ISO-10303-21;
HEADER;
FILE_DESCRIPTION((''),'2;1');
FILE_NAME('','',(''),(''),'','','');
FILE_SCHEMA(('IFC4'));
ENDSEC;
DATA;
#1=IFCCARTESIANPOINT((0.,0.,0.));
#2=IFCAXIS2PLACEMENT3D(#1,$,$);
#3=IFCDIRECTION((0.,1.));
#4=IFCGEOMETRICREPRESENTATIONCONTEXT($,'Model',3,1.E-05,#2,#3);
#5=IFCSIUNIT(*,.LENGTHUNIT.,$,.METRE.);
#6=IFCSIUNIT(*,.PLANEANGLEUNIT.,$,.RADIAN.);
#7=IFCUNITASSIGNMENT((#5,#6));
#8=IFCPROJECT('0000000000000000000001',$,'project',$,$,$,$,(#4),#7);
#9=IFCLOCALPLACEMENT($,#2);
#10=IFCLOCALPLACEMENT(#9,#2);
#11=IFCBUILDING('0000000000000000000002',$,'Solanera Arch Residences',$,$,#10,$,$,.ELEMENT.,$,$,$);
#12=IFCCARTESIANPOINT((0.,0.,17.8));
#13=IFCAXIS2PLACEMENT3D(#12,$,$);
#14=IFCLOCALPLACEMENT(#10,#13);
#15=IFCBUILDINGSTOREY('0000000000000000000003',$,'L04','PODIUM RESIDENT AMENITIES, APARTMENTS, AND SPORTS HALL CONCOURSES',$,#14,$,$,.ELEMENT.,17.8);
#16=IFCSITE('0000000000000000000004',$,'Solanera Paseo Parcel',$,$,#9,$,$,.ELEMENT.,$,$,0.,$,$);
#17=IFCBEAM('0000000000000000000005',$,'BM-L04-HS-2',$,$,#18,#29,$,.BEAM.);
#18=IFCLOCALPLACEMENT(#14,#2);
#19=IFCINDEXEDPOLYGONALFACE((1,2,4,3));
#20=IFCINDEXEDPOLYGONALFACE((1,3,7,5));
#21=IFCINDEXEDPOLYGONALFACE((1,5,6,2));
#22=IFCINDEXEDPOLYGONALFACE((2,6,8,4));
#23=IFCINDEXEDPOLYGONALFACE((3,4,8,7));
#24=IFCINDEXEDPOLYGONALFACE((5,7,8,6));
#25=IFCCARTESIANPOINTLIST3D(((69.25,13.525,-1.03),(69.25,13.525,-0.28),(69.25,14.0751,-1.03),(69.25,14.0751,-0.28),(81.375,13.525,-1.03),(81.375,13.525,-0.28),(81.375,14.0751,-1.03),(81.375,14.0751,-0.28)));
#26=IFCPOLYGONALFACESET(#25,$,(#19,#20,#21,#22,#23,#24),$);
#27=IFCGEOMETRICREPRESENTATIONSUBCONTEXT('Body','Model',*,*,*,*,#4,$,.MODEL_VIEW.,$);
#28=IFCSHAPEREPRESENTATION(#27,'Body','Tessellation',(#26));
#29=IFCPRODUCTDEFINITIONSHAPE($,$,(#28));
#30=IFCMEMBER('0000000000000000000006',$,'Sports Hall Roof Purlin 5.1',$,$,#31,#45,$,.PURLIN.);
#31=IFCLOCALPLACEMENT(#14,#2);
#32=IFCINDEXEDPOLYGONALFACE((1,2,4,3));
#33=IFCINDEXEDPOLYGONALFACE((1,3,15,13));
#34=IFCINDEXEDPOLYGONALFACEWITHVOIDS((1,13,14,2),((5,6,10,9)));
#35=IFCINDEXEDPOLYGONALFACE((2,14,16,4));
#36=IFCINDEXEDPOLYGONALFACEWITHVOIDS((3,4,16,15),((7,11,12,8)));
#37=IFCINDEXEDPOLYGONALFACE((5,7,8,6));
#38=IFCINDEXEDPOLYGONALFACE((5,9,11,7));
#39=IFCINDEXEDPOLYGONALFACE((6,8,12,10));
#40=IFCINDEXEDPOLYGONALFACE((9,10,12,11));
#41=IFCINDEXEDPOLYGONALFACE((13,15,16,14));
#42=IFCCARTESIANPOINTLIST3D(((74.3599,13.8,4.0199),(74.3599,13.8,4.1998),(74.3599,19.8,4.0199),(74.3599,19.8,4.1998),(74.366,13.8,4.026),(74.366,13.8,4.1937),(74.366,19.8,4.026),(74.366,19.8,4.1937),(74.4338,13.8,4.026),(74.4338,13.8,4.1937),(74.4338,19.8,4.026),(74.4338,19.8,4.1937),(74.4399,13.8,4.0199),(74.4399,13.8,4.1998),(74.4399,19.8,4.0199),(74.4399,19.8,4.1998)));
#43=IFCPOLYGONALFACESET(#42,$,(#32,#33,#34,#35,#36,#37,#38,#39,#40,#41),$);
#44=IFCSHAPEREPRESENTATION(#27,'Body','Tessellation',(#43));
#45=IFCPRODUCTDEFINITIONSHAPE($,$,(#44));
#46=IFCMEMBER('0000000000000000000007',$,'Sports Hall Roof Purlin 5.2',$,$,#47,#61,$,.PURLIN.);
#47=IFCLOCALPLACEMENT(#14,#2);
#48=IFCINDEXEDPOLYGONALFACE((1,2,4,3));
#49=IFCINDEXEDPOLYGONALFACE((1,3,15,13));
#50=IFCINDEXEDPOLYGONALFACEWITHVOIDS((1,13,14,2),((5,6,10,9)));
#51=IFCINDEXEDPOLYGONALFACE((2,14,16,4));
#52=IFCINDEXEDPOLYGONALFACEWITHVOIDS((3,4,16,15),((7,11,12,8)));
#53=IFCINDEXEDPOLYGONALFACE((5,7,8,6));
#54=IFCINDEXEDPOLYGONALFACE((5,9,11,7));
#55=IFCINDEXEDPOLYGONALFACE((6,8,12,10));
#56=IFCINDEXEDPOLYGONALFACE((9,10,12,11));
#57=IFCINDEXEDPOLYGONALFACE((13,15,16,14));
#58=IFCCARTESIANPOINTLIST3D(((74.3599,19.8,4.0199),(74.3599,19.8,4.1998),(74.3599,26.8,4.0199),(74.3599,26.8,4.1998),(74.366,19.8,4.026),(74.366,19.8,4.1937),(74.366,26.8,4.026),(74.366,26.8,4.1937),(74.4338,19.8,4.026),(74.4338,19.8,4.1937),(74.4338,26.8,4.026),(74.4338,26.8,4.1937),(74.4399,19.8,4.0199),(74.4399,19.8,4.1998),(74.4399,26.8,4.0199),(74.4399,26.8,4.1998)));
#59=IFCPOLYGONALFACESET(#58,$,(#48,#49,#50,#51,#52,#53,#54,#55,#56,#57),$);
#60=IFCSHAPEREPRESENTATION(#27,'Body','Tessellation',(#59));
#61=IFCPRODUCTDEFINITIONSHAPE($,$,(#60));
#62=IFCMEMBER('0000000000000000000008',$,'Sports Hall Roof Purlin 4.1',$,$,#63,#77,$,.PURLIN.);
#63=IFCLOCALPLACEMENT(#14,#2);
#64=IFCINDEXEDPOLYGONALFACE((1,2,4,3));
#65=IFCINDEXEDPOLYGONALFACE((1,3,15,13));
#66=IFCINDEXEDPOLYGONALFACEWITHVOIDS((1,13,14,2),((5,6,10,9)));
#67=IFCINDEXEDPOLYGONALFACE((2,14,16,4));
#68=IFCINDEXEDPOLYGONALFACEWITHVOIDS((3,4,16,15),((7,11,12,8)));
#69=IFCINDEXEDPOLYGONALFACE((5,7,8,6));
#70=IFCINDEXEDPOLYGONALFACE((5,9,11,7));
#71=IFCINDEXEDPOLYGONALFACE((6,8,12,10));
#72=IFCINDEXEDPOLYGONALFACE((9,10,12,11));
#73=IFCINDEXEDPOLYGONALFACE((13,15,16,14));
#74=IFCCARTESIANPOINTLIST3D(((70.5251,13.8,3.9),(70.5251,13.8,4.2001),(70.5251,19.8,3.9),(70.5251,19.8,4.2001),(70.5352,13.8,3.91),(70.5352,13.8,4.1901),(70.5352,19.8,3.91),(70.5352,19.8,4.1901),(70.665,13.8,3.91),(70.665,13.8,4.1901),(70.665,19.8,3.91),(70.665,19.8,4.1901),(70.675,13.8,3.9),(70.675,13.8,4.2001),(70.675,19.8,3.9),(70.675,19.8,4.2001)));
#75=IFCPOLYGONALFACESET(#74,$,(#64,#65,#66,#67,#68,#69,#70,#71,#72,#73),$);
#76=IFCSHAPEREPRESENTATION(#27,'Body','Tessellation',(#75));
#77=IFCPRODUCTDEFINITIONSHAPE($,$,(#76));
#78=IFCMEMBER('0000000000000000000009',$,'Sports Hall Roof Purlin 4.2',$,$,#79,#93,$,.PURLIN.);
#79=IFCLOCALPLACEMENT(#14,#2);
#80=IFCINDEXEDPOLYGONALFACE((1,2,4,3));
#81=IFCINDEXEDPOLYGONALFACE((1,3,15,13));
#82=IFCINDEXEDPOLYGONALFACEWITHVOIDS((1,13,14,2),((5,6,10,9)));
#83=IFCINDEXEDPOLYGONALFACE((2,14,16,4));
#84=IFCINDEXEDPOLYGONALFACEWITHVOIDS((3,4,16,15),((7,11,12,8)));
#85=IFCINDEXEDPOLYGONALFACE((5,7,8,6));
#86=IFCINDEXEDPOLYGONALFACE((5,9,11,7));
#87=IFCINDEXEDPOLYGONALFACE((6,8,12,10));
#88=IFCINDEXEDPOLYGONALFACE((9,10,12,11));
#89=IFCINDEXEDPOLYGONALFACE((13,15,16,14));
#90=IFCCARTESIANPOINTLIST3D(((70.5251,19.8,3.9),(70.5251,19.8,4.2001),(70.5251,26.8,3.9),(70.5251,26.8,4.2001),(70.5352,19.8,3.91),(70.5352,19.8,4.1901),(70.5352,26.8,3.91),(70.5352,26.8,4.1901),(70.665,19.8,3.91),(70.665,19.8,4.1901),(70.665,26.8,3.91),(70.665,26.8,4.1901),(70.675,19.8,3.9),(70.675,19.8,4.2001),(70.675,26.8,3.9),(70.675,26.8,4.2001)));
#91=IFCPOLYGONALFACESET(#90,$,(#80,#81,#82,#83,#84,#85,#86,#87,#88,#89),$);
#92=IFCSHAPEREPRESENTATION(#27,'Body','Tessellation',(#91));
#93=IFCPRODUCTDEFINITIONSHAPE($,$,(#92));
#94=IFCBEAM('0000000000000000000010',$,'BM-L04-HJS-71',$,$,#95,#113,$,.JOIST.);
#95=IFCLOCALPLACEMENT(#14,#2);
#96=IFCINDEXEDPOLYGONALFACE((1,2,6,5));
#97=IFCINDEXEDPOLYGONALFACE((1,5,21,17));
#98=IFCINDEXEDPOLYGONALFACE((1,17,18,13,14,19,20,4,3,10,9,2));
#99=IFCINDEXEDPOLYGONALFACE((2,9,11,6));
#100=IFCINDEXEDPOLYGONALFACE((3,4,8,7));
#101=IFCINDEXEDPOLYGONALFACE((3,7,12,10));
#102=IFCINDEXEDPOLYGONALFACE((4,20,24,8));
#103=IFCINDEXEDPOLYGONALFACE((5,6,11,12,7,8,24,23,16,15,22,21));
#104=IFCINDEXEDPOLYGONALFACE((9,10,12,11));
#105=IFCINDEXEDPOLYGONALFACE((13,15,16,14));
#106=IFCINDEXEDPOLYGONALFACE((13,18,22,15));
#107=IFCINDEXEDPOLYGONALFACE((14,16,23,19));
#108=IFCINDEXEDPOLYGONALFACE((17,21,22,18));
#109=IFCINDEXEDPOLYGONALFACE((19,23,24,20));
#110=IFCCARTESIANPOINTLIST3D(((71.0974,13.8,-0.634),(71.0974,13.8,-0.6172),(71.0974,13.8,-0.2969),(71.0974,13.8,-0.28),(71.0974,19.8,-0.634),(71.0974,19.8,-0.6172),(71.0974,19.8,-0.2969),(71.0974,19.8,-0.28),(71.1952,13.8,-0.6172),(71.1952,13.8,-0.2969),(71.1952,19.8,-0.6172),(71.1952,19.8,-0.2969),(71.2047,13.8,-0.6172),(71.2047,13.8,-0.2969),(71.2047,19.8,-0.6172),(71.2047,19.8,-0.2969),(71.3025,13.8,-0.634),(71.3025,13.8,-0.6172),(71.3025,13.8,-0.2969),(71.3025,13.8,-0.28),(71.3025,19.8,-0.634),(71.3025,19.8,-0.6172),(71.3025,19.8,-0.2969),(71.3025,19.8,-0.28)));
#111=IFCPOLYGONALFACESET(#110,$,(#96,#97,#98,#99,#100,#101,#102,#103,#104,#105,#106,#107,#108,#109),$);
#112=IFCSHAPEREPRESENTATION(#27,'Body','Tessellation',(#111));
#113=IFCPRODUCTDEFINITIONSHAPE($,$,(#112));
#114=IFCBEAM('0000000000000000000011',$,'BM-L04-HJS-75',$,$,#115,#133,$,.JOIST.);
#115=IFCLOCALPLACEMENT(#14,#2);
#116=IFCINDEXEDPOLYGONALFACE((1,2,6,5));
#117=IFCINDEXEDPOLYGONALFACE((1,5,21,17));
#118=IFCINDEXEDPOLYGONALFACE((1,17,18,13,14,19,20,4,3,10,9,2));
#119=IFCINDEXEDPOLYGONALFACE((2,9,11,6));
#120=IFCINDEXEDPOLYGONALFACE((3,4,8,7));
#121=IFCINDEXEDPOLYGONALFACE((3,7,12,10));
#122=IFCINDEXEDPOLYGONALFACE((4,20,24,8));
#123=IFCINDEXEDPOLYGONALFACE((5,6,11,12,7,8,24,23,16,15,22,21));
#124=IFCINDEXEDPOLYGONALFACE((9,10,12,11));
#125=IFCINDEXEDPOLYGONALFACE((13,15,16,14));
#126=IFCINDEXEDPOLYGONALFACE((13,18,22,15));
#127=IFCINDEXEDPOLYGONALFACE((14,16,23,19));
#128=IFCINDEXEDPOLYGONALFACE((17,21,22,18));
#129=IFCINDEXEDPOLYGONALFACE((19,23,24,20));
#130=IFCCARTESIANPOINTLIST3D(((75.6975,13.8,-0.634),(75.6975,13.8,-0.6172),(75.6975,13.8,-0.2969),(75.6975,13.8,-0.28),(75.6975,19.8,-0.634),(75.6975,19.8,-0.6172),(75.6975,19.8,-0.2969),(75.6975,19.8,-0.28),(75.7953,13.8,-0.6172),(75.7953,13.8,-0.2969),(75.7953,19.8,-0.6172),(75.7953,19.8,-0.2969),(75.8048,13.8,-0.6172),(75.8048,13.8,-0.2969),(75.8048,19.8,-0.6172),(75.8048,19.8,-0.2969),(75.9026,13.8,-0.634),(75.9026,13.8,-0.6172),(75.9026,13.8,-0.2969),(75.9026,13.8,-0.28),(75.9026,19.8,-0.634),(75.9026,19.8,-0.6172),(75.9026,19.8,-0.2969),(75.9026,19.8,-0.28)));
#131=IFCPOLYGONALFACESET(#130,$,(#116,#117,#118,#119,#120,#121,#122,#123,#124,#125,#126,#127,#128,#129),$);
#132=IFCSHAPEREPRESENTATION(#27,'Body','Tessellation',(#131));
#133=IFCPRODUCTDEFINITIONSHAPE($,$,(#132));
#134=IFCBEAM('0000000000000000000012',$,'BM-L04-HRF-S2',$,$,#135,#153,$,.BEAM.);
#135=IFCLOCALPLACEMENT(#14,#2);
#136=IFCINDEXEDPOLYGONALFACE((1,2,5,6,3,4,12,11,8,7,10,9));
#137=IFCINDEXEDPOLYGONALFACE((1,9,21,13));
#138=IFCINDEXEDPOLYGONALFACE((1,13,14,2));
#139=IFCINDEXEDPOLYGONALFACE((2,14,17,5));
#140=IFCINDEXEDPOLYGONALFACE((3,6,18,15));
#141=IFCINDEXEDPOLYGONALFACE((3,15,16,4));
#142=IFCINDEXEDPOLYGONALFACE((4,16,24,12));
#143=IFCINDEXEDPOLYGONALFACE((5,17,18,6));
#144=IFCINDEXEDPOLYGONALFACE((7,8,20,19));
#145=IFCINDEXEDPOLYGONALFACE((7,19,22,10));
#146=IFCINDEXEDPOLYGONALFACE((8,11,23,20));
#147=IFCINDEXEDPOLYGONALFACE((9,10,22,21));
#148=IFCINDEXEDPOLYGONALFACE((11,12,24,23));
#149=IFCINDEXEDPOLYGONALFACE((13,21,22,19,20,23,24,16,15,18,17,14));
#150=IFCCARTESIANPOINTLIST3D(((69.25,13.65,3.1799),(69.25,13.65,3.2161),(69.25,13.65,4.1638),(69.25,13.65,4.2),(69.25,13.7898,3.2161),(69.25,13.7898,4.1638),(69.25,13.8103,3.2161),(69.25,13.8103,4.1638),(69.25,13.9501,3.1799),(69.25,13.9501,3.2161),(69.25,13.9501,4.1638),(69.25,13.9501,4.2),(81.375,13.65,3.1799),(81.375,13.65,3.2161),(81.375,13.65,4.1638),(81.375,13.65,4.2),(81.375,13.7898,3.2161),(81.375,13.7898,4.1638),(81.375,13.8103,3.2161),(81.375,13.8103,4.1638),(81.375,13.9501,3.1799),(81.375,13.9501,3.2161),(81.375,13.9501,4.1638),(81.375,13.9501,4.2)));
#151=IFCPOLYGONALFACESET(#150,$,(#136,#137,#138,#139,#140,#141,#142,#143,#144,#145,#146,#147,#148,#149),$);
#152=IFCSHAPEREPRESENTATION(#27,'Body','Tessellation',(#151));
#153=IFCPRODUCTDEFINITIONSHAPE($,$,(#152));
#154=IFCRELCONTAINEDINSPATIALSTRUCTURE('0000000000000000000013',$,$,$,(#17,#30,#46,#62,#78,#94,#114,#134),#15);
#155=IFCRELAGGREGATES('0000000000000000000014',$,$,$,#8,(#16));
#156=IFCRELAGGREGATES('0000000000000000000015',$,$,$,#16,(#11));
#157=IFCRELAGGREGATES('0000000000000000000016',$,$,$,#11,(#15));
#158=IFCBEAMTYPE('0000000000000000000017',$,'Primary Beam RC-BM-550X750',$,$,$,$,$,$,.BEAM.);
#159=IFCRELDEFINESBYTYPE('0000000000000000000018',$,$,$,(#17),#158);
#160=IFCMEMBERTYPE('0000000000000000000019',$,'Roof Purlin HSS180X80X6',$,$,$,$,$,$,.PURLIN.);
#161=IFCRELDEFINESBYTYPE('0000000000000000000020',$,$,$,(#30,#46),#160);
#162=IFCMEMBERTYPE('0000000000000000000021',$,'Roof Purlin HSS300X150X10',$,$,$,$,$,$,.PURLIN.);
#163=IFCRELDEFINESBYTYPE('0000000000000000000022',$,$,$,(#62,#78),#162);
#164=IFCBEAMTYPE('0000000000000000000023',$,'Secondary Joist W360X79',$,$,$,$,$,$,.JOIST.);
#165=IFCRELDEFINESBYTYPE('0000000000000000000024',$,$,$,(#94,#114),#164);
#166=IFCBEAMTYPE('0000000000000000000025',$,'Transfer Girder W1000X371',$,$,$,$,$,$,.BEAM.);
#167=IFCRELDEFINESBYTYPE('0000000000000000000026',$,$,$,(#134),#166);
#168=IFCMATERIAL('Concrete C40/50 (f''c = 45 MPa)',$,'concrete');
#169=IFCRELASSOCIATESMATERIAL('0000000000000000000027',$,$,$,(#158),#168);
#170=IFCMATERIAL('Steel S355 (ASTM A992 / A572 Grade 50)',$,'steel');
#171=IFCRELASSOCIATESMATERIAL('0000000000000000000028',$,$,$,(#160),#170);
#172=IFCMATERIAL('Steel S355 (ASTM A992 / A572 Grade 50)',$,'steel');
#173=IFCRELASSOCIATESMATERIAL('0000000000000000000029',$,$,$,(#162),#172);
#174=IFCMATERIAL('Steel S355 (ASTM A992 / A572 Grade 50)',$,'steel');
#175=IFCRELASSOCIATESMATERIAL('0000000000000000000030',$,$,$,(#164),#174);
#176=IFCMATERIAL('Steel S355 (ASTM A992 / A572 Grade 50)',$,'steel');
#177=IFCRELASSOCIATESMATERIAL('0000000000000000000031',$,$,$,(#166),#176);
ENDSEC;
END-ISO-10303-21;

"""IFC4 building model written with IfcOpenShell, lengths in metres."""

from ifc_helpers import new_model, si_unit, direction, frame, origin, origin_2d, place, context, subcontext, project, spatial, rectangle, hollow_rectangle, i_section, extrude, material, material_profile, profile_set, type_object, element, save


model = new_model("IFC4")

# Units and contexts
model_context = context("Model", 3, precision=1e-05, world=origin(), true_north=direction((0.0, 1.0)))
body_context = subcontext(model_context, "Body", "Model", "MODEL_VIEW")
ifc_project = project(units=[si_unit("LENGTHUNIT", "METRE"), si_unit("PLANEANGLEUNIT", "RADIAN")], contexts=[model_context])

# Site, building, storey
site_placement = place(None, origin())
site = spatial("IfcSite", under=ifc_project, at=site_placement, Name="Solanera Paseo Parcel", CompositionType="ELEMENT", RefElevation=0.0)
building_placement = place(site_placement, origin())
building = spatial("IfcBuilding", under=site, at=building_placement, Name="Solanera Arch Residences", CompositionType="ELEMENT")
storey_placement = place(building_placement, frame((0.0, 0.0, 17.8)))
storey = spatial("IfcBuildingStorey", under=building, at=storey_placement, Name="L04", Description="PODIUM RESIDENT AMENITIES, APARTMENTS, AND SPORTS HALL CONCOURSES", CompositionType="ELEMENT", Elevation=17.8)

# Beam
ifc_material_1 = material(Name="Concrete C40/50 (f'c = 45 MPa)", Category="concrete")
ifc_material_profile_1 = material_profile(ifc_material_1, rectangle(XDim=0.55, YDim=0.75, at=origin_2d()))
ifc_profile_set_1 = profile_set([ifc_material_profile_1], Name="Concrete C40/50 (f'c = 45 MPa)")
beam_type_1 = type_object("IfcBeamType", Name="Primary Beam RC-BM-550X750", PredefinedType="BEAM", material=ifc_profile_set_1)
beam_1_placement = place(storey_placement, frame((69.25, 13.8, -0.655), z_axis=(1.0, 0.0, 0.0), x_axis=(0.0, 1.0, 0.0)))
element("IfcBeam", 1, at=beam_1_placement, inside=storey, type_object=beam_type_1, Name="BM-L04-HS-2", PredefinedType="BEAM", context=body_context, shape_type="SweptSolid", body=[
    extrude(rectangle(XDim=0.55, YDim=0.75, at=origin_2d()), origin(), (0.0, 0.0, 1.0), 12.125),
])

# Members
ifc_material_2 = material(Name="Steel S355 (ASTM A992 / A572 Grade 50)", Category="steel")
ifc_material_profile_2 = material_profile(ifc_material_2, hollow_rectangle(XDim=0.0801, YDim=0.1799, WallThickness=0.0061, at=origin_2d()))
ifc_profile_set_2 = profile_set([ifc_material_profile_2], Name="Steel S355 (ASTM A992 / A572 Grade 50)")
member_type_1 = type_object("IfcMemberType", Name="Roof Purlin HSS180X80X6", PredefinedType="PURLIN", material=ifc_profile_set_2)
member_1_placement = place(storey_placement, frame((74.3999, 13.8, 4.1099), z_axis=(0.0, 1.0, 0.0), x_axis=(-1.0, 0.0, 0.0)))
element("IfcMember", 2, at=member_1_placement, inside=storey, type_object=member_type_1, Name="Sports Hall Roof Purlin 5.1", PredefinedType="PURLIN", context=body_context, shape_type="SweptSolid", body=[
    extrude(hollow_rectangle(XDim=0.0801, YDim=0.1799, WallThickness=0.0061, at=origin_2d()), origin(), (0.0, 0.0, 1.0), 6.0),
])
member_2_placement = place(storey_placement, frame((74.3999, 19.8, 4.1099), z_axis=(0.0, 1.0, 0.0), x_axis=(-1.0, 0.0, 0.0)))
element("IfcMember", 3, at=member_2_placement, inside=storey, type_object=member_type_1, Name="Sports Hall Roof Purlin 5.2", PredefinedType="PURLIN", context=body_context, shape_type="SweptSolid", body=[
    extrude(hollow_rectangle(XDim=0.0801, YDim=0.1799, WallThickness=0.0061, at=origin_2d()), origin(), (0.0, 0.0, 1.0), 7.0),
])
ifc_material_3 = material(Name="Steel S355 (ASTM A992 / A572 Grade 50)", Category="steel")
ifc_material_profile_3 = material_profile(ifc_material_3, hollow_rectangle(XDim=0.1499, YDim=0.3, WallThickness=0.01, at=origin_2d()))
ifc_profile_set_3 = profile_set([ifc_material_profile_3], Name="Steel S355 (ASTM A992 / A572 Grade 50)")
member_type_2 = type_object("IfcMemberType", Name="Roof Purlin HSS300X150X10", PredefinedType="PURLIN", material=ifc_profile_set_3)
member_3_placement = place(storey_placement, frame((70.6001, 13.8, 4.05), z_axis=(0.0, 1.0, 0.0), x_axis=(-1.0, 0.0, 0.0)))
element("IfcMember", 4, at=member_3_placement, inside=storey, type_object=member_type_2, Name="Sports Hall Roof Purlin 4.1", PredefinedType="PURLIN", context=body_context, shape_type="SweptSolid", body=[
    extrude(hollow_rectangle(XDim=0.1499, YDim=0.3, WallThickness=0.01, at=origin_2d()), origin(), (0.0, 0.0, 1.0), 6.0),
])
member_4_placement = place(storey_placement, frame((70.6001, 19.8, 4.05), z_axis=(0.0, 1.0, 0.0), x_axis=(-1.0, 0.0, 0.0)))
element("IfcMember", 5, at=member_4_placement, inside=storey, type_object=member_type_2, Name="Sports Hall Roof Purlin 4.2", PredefinedType="PURLIN", context=body_context, shape_type="SweptSolid", body=[
    extrude(hollow_rectangle(XDim=0.1499, YDim=0.3, WallThickness=0.01, at=origin_2d()), origin(), (0.0, 0.0, 1.0), 7.0),
])

# Beams
ifc_material_4 = material(Name="Steel S355 (ASTM A992 / A572 Grade 50)", Category="steel")
ifc_material_profile_4 = material_profile(ifc_material_4, i_section(OverallWidth=0.2051, OverallDepth=0.354, WebThickness=0.0095, FlangeThickness=0.0168, at=origin_2d()))
ifc_profile_set_4 = profile_set([ifc_material_profile_4], Name="Steel S355 (ASTM A992 / A572 Grade 50)")
beam_type_2 = type_object("IfcBeamType", Name="Secondary Joist W360X79", PredefinedType="JOIST", material=ifc_profile_set_4)
for number, where, z_axis, x_axis, name in (
    (6, (71.2, 13.8, -0.457), (0.0, 1.0, 0.0), (-1.0, 0.0, 0.0), "BM-L04-HJS-71"),
    (7, (75.8, 13.8, -0.457), (0.0, 1.0, 0.0), (-1.0, 0.0, 0.0), "BM-L04-HJS-75"),
):
    element("IfcBeam", number, at=place(storey_placement, frame(where, z_axis=z_axis, x_axis=x_axis)), inside=storey, type_object=beam_type_2, Name=name, PredefinedType="JOIST", context=body_context, shape_type="SweptSolid", body=[
        extrude(i_section(OverallWidth=0.2051, OverallDepth=0.354, WebThickness=0.0095, FlangeThickness=0.0168, at=origin_2d()), origin(), (0.0, 0.0, 1.0), 6.0),
    ])
ifc_material_5 = material(Name="Steel S355 (ASTM A992 / A572 Grade 50)", Category="steel")
ifc_material_profile_5 = material_profile(ifc_material_5, i_section(OverallWidth=0.3, OverallDepth=1.02, WebThickness=0.0205, FlangeThickness=0.0361, at=origin_2d()))
ifc_profile_set_5 = profile_set([ifc_material_profile_5], Name="Steel S355 (ASTM A992 / A572 Grade 50)")
beam_type_3 = type_object("IfcBeamType", Name="Transfer Girder W1000X371", PredefinedType="BEAM", material=ifc_profile_set_5)
beam_2_placement = place(storey_placement, frame((69.25, 13.8, 3.6899), z_axis=(1.0, 0.0, 0.0), x_axis=(0.0, 1.0, 0.0)))
element("IfcBeam", 8, at=beam_2_placement, inside=storey, type_object=beam_type_3, Name="BM-L04-HRF-S2", PredefinedType="BEAM", context=body_context, shape_type="SweptSolid", body=[
    extrude(i_section(OverallWidth=0.3, OverallDepth=1.02, WebThickness=0.0205, FlangeThickness=0.0361, at=origin_2d()), origin(), (0.0, 0.0, 1.0), 12.125),
])

save(model, "model.ifc")
